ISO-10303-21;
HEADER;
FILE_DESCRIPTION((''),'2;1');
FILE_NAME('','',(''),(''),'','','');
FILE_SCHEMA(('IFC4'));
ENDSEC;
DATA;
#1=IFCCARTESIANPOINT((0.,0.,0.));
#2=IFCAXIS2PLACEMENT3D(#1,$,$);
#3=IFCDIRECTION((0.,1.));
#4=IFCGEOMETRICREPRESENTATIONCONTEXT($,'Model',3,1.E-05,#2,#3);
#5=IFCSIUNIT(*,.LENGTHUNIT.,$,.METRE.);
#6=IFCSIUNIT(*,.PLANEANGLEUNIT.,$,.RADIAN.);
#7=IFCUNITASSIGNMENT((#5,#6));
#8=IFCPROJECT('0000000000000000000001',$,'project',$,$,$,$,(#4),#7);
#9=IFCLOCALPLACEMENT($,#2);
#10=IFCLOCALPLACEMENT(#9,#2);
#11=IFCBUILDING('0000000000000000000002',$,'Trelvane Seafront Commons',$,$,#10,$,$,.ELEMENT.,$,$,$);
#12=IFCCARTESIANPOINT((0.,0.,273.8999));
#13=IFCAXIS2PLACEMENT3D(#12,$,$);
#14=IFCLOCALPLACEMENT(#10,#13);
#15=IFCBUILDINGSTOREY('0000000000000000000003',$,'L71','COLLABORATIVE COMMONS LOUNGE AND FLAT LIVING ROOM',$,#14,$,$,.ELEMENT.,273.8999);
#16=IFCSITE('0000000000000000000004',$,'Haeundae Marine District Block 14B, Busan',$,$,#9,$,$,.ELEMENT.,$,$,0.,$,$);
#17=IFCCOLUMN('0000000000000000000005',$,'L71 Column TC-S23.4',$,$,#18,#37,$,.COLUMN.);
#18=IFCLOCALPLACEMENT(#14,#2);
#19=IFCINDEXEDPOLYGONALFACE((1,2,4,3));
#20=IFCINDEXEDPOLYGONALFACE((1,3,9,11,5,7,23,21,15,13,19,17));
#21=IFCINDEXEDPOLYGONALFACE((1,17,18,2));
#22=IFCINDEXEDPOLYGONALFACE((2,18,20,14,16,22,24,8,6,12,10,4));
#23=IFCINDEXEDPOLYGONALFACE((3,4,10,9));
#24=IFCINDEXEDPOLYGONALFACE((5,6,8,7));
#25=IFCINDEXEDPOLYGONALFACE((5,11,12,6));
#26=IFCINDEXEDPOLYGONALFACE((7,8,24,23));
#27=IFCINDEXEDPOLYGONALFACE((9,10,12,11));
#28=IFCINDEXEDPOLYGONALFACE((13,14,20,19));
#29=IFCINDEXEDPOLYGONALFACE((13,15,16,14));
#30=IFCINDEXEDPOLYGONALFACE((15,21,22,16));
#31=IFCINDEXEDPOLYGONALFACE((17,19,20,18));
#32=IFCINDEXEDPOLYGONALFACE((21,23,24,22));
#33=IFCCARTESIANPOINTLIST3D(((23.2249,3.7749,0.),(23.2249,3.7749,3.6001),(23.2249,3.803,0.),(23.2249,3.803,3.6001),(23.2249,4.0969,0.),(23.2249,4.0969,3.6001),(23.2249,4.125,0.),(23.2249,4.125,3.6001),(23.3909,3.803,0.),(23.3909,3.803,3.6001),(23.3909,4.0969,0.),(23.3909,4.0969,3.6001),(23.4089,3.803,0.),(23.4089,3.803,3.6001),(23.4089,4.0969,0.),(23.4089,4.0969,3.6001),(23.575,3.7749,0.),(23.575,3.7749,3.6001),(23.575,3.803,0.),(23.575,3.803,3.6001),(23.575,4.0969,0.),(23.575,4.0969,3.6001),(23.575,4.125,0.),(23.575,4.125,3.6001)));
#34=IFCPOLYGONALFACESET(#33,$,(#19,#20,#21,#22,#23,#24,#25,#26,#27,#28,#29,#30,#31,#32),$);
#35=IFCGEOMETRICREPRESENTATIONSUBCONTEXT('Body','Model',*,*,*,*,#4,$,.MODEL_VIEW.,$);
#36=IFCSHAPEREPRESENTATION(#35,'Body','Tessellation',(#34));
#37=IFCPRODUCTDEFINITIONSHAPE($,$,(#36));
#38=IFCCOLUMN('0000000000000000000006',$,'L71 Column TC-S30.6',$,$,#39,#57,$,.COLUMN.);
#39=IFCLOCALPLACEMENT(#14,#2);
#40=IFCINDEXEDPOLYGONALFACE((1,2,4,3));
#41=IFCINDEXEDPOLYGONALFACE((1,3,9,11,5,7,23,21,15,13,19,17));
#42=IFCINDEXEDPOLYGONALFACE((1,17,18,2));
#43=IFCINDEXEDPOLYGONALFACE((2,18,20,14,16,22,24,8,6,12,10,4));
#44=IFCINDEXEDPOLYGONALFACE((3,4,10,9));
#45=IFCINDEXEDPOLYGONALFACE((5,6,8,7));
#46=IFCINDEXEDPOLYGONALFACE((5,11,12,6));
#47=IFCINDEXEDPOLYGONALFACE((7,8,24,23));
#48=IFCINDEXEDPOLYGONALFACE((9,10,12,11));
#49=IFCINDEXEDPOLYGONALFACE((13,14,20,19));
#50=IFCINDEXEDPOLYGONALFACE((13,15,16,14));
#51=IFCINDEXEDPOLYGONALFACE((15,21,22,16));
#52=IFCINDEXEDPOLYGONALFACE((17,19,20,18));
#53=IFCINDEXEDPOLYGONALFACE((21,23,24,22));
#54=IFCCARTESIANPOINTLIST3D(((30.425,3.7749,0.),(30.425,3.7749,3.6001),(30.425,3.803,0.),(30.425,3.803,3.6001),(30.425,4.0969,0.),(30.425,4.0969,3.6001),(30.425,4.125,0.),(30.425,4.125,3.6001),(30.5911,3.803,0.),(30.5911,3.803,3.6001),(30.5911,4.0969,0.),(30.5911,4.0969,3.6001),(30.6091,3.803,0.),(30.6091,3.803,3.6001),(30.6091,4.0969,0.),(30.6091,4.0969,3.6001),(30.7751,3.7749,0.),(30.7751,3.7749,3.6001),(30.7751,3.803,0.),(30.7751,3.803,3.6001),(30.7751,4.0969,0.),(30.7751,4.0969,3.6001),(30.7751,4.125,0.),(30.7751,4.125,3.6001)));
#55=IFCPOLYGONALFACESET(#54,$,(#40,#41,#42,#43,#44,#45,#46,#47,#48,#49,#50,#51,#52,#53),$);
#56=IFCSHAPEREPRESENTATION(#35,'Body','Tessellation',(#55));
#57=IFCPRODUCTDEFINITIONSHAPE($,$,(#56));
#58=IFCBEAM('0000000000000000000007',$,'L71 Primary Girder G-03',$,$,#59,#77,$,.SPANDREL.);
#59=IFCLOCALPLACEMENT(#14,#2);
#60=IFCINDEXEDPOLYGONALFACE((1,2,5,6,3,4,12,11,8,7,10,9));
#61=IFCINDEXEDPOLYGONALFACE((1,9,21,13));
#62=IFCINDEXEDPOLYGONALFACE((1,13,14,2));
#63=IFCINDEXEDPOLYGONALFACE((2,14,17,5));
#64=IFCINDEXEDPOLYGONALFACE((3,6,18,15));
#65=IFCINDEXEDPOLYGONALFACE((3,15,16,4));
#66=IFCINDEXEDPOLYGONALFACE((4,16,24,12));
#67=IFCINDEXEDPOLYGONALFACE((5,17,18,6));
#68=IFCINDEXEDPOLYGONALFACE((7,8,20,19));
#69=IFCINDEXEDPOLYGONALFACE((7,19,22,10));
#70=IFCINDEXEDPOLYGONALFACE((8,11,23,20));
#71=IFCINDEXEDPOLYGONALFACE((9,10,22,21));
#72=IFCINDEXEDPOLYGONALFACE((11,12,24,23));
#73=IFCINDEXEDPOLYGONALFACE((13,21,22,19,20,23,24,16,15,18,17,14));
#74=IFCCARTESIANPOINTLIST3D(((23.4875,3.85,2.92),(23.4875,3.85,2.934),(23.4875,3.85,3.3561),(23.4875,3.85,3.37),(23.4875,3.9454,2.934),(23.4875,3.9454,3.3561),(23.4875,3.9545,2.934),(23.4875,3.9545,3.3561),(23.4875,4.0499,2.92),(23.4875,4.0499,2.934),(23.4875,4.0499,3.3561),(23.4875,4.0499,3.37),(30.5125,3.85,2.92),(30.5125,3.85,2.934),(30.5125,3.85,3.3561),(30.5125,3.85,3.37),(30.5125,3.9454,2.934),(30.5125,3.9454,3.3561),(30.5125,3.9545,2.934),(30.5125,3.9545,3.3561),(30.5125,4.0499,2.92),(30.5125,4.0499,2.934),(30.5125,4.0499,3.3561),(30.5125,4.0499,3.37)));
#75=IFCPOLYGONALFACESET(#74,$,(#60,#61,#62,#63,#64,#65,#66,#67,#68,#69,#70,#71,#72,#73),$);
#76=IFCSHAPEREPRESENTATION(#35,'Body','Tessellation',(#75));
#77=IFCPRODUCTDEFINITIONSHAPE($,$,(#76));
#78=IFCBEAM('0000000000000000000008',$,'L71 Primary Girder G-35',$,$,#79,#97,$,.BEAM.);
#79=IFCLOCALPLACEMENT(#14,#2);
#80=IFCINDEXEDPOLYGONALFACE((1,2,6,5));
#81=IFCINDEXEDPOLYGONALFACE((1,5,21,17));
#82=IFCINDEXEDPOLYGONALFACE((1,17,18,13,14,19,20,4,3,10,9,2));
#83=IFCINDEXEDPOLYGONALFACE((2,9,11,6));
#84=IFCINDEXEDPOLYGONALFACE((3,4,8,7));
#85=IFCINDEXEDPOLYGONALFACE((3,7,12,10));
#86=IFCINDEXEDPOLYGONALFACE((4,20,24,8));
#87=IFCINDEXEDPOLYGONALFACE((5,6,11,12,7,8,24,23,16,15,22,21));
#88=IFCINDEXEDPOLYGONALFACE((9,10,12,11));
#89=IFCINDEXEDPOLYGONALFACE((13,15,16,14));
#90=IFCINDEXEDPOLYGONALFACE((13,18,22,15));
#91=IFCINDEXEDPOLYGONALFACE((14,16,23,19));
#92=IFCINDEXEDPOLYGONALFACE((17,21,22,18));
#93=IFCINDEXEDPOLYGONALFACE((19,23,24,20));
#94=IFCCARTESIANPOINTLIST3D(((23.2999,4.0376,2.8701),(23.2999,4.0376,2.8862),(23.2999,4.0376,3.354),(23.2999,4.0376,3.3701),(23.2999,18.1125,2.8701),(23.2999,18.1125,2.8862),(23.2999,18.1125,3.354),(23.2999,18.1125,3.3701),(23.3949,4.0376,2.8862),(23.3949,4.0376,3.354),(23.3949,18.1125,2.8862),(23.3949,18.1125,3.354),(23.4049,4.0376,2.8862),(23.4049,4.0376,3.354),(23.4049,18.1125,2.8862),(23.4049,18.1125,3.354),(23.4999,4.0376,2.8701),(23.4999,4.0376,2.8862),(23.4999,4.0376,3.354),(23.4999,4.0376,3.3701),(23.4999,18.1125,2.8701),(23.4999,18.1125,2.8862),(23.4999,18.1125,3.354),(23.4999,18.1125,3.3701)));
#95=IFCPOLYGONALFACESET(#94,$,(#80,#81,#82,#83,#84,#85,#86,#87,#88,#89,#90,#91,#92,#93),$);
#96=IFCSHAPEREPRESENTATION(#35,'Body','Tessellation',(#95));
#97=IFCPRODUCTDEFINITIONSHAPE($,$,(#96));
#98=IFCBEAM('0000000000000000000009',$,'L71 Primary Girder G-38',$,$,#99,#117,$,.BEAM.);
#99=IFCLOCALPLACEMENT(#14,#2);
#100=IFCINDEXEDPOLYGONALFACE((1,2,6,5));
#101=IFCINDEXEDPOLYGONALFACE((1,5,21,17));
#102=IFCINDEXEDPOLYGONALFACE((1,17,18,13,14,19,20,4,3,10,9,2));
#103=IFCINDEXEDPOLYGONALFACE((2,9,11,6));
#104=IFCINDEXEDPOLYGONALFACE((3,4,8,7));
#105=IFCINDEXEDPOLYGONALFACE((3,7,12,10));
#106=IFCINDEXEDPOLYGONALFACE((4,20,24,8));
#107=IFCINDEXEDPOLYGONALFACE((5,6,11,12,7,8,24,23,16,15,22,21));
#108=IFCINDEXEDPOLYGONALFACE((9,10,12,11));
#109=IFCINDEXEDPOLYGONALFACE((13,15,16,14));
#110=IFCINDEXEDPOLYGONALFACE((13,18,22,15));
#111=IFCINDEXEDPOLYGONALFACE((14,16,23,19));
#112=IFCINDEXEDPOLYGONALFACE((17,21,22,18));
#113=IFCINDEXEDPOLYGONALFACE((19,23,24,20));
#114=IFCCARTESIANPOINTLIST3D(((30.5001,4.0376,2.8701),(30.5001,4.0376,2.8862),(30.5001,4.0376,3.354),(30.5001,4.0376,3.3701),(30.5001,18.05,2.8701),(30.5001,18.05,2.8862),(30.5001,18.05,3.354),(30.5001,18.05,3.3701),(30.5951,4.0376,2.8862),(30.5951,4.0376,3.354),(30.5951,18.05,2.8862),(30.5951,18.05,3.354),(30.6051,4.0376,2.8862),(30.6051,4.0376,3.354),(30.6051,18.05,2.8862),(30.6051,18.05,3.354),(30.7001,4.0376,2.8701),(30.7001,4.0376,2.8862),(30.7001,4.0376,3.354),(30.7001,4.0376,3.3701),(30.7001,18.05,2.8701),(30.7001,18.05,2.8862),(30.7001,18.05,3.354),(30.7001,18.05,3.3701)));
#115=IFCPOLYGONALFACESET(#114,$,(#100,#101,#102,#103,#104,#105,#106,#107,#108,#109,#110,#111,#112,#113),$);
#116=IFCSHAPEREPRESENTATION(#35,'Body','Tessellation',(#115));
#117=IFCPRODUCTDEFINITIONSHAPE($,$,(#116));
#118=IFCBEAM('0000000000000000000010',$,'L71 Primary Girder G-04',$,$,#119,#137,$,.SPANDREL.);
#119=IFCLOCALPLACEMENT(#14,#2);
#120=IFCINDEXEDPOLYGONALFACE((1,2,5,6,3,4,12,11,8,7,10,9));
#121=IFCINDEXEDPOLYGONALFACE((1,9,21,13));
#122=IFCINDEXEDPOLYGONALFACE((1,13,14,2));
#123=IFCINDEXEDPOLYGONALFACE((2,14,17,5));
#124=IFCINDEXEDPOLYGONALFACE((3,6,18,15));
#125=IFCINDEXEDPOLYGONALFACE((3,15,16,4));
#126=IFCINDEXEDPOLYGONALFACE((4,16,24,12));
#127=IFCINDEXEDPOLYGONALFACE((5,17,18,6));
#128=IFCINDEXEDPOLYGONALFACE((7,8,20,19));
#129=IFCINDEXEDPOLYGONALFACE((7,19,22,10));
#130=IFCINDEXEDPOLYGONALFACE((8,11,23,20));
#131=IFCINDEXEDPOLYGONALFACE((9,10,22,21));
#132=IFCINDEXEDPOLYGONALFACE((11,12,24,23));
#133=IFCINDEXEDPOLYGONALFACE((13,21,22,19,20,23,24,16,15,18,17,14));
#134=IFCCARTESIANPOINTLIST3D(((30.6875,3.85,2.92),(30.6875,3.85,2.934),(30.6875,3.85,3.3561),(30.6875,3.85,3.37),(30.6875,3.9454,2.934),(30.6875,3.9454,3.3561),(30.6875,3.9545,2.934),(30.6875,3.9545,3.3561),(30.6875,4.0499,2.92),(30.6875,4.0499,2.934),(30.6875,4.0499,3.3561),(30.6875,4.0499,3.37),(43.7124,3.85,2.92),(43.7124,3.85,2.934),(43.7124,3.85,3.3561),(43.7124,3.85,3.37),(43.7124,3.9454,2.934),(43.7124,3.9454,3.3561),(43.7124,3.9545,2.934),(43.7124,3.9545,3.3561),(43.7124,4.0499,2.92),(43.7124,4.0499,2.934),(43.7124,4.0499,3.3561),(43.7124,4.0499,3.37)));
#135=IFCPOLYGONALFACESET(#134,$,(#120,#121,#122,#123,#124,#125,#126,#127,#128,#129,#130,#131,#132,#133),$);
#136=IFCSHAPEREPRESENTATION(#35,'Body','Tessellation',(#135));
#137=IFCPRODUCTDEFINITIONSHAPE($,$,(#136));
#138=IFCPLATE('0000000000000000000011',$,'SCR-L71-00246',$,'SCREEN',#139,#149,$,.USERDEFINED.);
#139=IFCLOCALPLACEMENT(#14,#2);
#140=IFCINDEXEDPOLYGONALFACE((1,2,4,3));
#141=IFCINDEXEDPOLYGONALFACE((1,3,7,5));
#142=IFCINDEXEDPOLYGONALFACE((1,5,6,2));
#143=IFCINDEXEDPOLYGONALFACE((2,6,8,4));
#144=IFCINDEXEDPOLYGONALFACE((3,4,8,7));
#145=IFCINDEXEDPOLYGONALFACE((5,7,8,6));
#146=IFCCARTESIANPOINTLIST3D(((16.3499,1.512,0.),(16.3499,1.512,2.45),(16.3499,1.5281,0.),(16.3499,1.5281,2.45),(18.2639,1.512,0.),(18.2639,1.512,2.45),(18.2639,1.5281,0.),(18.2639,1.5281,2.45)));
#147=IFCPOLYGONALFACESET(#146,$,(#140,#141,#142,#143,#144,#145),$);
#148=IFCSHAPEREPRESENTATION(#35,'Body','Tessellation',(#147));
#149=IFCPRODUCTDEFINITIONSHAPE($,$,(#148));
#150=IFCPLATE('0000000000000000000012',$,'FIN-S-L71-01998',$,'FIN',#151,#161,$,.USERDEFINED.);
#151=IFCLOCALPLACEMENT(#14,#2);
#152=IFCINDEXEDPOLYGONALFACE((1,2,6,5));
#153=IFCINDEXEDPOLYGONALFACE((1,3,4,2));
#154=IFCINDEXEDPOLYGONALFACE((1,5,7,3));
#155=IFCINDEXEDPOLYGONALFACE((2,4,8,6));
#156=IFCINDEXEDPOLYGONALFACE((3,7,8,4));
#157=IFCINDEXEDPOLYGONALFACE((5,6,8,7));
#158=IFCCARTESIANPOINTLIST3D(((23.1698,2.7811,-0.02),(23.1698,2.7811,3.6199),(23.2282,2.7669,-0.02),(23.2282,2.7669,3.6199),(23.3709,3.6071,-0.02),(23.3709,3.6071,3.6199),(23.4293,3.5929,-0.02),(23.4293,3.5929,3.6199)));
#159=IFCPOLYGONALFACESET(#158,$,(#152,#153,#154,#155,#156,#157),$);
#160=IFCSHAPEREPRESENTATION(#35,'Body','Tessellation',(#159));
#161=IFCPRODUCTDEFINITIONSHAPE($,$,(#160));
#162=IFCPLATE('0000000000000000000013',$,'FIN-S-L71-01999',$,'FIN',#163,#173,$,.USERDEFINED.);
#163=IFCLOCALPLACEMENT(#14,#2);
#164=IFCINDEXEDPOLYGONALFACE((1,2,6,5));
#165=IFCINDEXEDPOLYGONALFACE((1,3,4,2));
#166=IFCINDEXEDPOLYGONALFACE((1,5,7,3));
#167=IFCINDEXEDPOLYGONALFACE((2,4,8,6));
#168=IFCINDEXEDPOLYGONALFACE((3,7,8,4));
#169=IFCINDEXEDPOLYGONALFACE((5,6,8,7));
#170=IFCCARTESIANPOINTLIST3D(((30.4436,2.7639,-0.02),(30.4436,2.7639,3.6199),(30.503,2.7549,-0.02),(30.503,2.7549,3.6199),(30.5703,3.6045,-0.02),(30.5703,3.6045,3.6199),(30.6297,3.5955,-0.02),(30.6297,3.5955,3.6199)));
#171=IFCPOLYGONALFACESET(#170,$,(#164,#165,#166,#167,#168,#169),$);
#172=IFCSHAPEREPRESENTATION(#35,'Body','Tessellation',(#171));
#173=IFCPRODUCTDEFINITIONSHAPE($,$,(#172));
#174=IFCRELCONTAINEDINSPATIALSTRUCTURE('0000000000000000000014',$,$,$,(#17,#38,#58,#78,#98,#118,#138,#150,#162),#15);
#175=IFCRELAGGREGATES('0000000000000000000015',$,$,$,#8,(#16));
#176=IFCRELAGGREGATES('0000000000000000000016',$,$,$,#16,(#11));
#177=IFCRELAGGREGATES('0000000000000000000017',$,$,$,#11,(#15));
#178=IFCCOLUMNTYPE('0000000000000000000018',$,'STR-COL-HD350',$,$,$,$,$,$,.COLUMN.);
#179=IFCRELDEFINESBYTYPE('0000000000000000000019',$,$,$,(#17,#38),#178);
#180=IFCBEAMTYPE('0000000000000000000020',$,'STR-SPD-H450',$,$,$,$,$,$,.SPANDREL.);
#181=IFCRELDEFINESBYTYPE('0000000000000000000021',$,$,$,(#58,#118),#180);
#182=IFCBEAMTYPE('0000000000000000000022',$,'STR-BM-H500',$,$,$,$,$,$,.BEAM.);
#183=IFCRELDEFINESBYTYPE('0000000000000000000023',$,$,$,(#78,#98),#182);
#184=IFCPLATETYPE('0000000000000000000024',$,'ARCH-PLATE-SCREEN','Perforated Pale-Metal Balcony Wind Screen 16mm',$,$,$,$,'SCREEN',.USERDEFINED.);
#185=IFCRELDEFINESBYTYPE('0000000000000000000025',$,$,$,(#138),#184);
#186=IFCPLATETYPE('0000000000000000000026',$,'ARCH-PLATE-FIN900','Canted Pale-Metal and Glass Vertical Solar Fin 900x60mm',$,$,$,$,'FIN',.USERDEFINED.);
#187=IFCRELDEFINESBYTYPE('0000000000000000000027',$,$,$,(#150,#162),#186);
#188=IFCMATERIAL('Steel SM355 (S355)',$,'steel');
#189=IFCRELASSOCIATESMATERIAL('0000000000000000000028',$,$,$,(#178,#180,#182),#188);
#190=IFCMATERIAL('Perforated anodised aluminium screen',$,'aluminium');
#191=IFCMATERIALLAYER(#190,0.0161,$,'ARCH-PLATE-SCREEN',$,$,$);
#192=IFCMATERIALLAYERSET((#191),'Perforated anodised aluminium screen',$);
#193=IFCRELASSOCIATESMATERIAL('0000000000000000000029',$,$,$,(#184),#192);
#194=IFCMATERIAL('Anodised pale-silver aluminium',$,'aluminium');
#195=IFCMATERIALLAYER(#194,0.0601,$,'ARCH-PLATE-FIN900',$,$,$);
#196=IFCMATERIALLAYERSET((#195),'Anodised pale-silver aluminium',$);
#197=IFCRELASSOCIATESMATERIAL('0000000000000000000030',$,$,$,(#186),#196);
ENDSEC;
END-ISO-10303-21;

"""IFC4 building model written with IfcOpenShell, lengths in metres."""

from ifc_helpers import new_model, si_unit, direction, frame, origin, origin_2d, place, context, subcontext, project, spatial, rectangle, i_section, extrude, source, transform, mapped, material, layer, layer_set, material_profile, profile_set, type_object, element, save


model = new_model("IFC4")

# Units and contexts
model_context = context("Model", 3, precision=1e-05, world=origin(), true_north=direction((0.0, 1.0)))
body_context = subcontext(model_context, "Body", "Model", "MODEL_VIEW")
ifc_project = project(units=[si_unit("LENGTHUNIT", "METRE"), si_unit("PLANEANGLEUNIT", "RADIAN")], contexts=[model_context])

# Site, building, storey
site_placement = place(None, origin())
site = spatial("IfcSite", under=ifc_project, at=site_placement, Name="Haeundae Marine District Block 14B, Busan", CompositionType="ELEMENT", RefElevation=0.0)
building_placement = place(site_placement, origin())
building = spatial("IfcBuilding", under=site, at=building_placement, Name="Trelvane Seafront Commons", CompositionType="ELEMENT")
storey_placement = place(building_placement, frame((0.0, 0.0, 273.8999)))
storey = spatial("IfcBuildingStorey", under=building, at=storey_placement, Name="L71", Description="COLLABORATIVE COMMONS LOUNGE AND FLAT LIVING ROOM", CompositionType="ELEMENT", Elevation=273.8999)

# Columns
ifc_material_1 = material(Name="Steel SM355 (S355)", Category="steel")
ifc_material_profile_1 = material_profile(ifc_material_1, i_section(OverallWidth=0.3501, OverallDepth=0.3501, WebThickness=0.0181, FlangeThickness=0.0281, at=origin_2d()), Name="HD-350x350x18x28")
ifc_profile_set_1 = profile_set([ifc_material_profile_1], Name="Steel SM355 (S355)")
column_type = type_object("IfcColumnType", Name="STR-COL-HD350", PredefinedType="COLUMN", material=ifc_profile_set_1)
shared_shape_1 = source(origin(), body_context, "Body", "SweptSolid", [
    extrude(i_section(OverallWidth=0.3501, OverallDepth=0.3501, WebThickness=0.0181, FlangeThickness=0.0281, at=origin_2d()), origin(), (0.0, 0.0, 1.0), 3.6001),
])
for number, where, z_axis, x_axis, name in (
    (1, (23.3999, 3.95, 0.0), (0.0, 0.0, 1.0), (1.0, 0.0, 0.0), "L71 Column TC-S23.4"),
    (2, (30.6001, 3.95, 0.0), (0.0, 0.0, 1.0), (1.0, 0.0, 0.0), "L71 Column TC-S30.6"),
):
    element("IfcColumn", number, at=place(storey_placement, frame(where, z_axis=z_axis, x_axis=x_axis)), inside=storey, type_object=column_type, Name=name, PredefinedType="COLUMN", context=body_context, shape_type="MappedRepresentation", body=[
        mapped(shared_shape_1, transform((0.0, 0.0, 0.0), x_axis=(1.0, 0.0, 0.0), y_axis=(0.0, 1.0, 0.0), z_axis=(0.0, 0.0, 1.0), scale=1.0)),
    ])

# Beams
ifc_material_profile_2 = material_profile(ifc_material_1, i_section(OverallWidth=0.2, OverallDepth=0.45, WebThickness=0.009, FlangeThickness=0.0139, at=origin_2d()), Name="H-450x200x9x14")
ifc_profile_set_2 = profile_set([ifc_material_profile_2], Name="Steel SM355 (S355)")
beam_type_1 = type_object("IfcBeamType", Name="STR-SPD-H450", PredefinedType="SPANDREL", material=ifc_profile_set_2)
shared_shape_2 = source(origin(), body_context, "Body", "SweptSolid", [
    extrude(i_section(OverallWidth=0.2, OverallDepth=0.45, WebThickness=0.009, FlangeThickness=0.0139, at=origin_2d()), origin(), (0.0, 0.0, 1.0), 7.0249),
])
beam_1_placement = place(storey_placement, frame((23.4875, 3.95, 3.145), z_axis=(1.0, 0.0, 0.0), x_axis=(0.0, 1.0, 0.0)))
element("IfcBeam", 3, at=beam_1_placement, inside=storey, type_object=beam_type_1, Name="L71 Primary Girder G-03", PredefinedType="SPANDREL", context=body_context, shape_type="MappedRepresentation", body=[
    mapped(shared_shape_2, transform((0.0, 0.0, 0.0), x_axis=(1.0, 0.0, 0.0), y_axis=(0.0, 1.0, 0.0), z_axis=(0.0, 0.0, 1.0), scale=1.0)),
])
ifc_material_profile_3 = material_profile(ifc_material_1, i_section(OverallWidth=0.2, OverallDepth=0.5, WebThickness=0.01, FlangeThickness=0.0161, at=origin_2d()), Name="H-500x200x10x16")
ifc_profile_set_3 = profile_set([ifc_material_profile_3], Name="Steel SM355 (S355)")
beam_type_2 = type_object("IfcBeamType", Name="STR-BM-H500", PredefinedType="BEAM", material=ifc_profile_set_3)
shared_shape_3 = source(origin(), body_context, "Body", "SweptSolid", [
    extrude(i_section(OverallWidth=0.2, OverallDepth=0.5, WebThickness=0.01, FlangeThickness=0.0161, at=origin_2d()), origin(), (0.0, 0.0, 1.0), 14.075),
])
beam_2_placement = place(storey_placement, frame((23.3999, 4.0376, 3.1201), z_axis=(0.0, 1.0, 0.0), x_axis=(-1.0, 0.0, 0.0)))
element("IfcBeam", 4, at=beam_2_placement, inside=storey, type_object=beam_type_2, Name="L71 Primary Girder G-35", PredefinedType="BEAM", context=body_context, shape_type="MappedRepresentation", body=[
    mapped(shared_shape_3, transform((0.0, 0.0, 0.0), x_axis=(1.0, 0.0, 0.0), y_axis=(0.0, 1.0, 0.0), z_axis=(0.0, 0.0, 1.0), scale=1.0)),
])
shared_shape_4 = source(origin(), body_context, "Body", "SweptSolid", [
    extrude(i_section(OverallWidth=0.2, OverallDepth=0.5, WebThickness=0.01, FlangeThickness=0.0161, at=origin_2d()), origin(), (0.0, 0.0, 1.0), 14.0125),
])
beam_3_placement = place(storey_placement, frame((30.6001, 4.0376, 3.1201), z_axis=(0.0, 1.0, 0.0), x_axis=(-1.0, 0.0, 0.0)))
element("IfcBeam", 5, at=beam_3_placement, inside=storey, type_object=beam_type_2, Name="L71 Primary Girder G-38", PredefinedType="BEAM", context=body_context, shape_type="MappedRepresentation", body=[
    mapped(shared_shape_4, transform((0.0, 0.0, 0.0), x_axis=(1.0, 0.0, 0.0), y_axis=(0.0, 1.0, 0.0), z_axis=(0.0, 0.0, 1.0), scale=1.0)),
])
shared_shape_5 = source(origin(), body_context, "Body", "SweptSolid", [
    extrude(i_section(OverallWidth=0.2, OverallDepth=0.45, WebThickness=0.009, FlangeThickness=0.0139, at=origin_2d()), origin(), (0.0, 0.0, 1.0), 13.0249),
])
beam_4_placement = place(storey_placement, frame((30.6875, 3.95, 3.145), z_axis=(1.0, 0.0, 0.0), x_axis=(0.0, 1.0, 0.0)))
element("IfcBeam", 6, at=beam_4_placement, inside=storey, type_object=beam_type_1, Name="L71 Primary Girder G-04", PredefinedType="SPANDREL", context=body_context, shape_type="MappedRepresentation", body=[
    mapped(shared_shape_5, transform((0.0, 0.0, 0.0), x_axis=(1.0, 0.0, 0.0), y_axis=(0.0, 1.0, 0.0), z_axis=(0.0, 0.0, 1.0), scale=1.0)),
])

# Plates
ifc_material_2 = material(Name="Perforated anodised aluminium screen", Category="aluminium")
ifc_layer_1 = layer(ifc_material_2, 0.0161, Name="ARCH-PLATE-SCREEN")
ifc_layer_set_1 = layer_set([ifc_layer_1], Name="Perforated anodised aluminium screen")
plate_type_1 = type_object("IfcPlateType", Name="ARCH-PLATE-SCREEN", Description="Perforated Pale-Metal Balcony Wind Screen 16mm", ElementType="SCREEN", PredefinedType="USERDEFINED", material=ifc_layer_set_1)
shared_shape_6 = source(origin(), body_context, "Body", "SweptSolid", [
    extrude(rectangle(XDim=1.9141, YDim=0.0161, at=origin_2d()), origin(), (0.0, 0.0, 1.0), 2.45),
])
plate_placement = place(storey_placement, frame((17.3069, 1.52, 0.0), z_axis=(0.0, 0.0, 1.0), x_axis=(1.0, 0.0, 0.0)))
element("IfcPlate", 7, at=plate_placement, inside=storey, type_object=plate_type_1, Name="SCR-L71-00246", ObjectType="SCREEN", PredefinedType="USERDEFINED", context=body_context, shape_type="MappedRepresentation", body=[
    mapped(shared_shape_6, transform((0.0, 0.0, 0.0), x_axis=(1.0, 0.0, 0.0), y_axis=(0.0, 1.0, 0.0), z_axis=(0.0, 0.0, 1.0), scale=1.0)),
])
ifc_material_3 = material(Name="Anodised pale-silver aluminium", Category="aluminium")
ifc_layer_2 = layer(ifc_material_3, 0.0601, Name="ARCH-PLATE-FIN900")
ifc_layer_set_2 = layer_set([ifc_layer_2], Name="Anodised pale-silver aluminium")
plate_type_2 = type_object("IfcPlateType", Name="ARCH-PLATE-FIN900", Description="Canted Pale-Metal and Glass Vertical Solar Fin 900x60mm", ElementType="FIN", PredefinedType="USERDEFINED", material=ifc_layer_set_2)
shared_shape_7 = source(origin(), body_context, "Body", "SweptSolid", [
    extrude(rectangle(XDim=0.8501, YDim=0.0601, at=origin_2d()), origin(), (0.0, 0.0, 1.0), 3.6399),
])
for number, where, z_axis, x_axis, name in (
    (8, (23.2996, 3.187, -0.02), (0.0, 0.0, 1.0), (-0.23658, -0.971612, 0.0), "FIN-S-L71-01998"),
    (9, (30.5366, 3.1797, -0.02), (0.0, 0.0, 1.0), (-0.149059, -0.988828, 0.0), "FIN-S-L71-01999"),
):
    element("IfcPlate", number, at=place(storey_placement, frame(where, z_axis=z_axis, x_axis=x_axis)), inside=storey, type_object=plate_type_2, Name=name, ObjectType="FIN", PredefinedType="USERDEFINED", context=body_context, shape_type="MappedRepresentation", body=[
        mapped(shared_shape_7, transform((0.0, 0.0, 0.0), x_axis=(1.0, 0.0, 0.0), y_axis=(0.0, 1.0, 0.0), z_axis=(0.0, 0.0, 1.0), scale=1.0)),
    ])

save(model, "model.ifc")
